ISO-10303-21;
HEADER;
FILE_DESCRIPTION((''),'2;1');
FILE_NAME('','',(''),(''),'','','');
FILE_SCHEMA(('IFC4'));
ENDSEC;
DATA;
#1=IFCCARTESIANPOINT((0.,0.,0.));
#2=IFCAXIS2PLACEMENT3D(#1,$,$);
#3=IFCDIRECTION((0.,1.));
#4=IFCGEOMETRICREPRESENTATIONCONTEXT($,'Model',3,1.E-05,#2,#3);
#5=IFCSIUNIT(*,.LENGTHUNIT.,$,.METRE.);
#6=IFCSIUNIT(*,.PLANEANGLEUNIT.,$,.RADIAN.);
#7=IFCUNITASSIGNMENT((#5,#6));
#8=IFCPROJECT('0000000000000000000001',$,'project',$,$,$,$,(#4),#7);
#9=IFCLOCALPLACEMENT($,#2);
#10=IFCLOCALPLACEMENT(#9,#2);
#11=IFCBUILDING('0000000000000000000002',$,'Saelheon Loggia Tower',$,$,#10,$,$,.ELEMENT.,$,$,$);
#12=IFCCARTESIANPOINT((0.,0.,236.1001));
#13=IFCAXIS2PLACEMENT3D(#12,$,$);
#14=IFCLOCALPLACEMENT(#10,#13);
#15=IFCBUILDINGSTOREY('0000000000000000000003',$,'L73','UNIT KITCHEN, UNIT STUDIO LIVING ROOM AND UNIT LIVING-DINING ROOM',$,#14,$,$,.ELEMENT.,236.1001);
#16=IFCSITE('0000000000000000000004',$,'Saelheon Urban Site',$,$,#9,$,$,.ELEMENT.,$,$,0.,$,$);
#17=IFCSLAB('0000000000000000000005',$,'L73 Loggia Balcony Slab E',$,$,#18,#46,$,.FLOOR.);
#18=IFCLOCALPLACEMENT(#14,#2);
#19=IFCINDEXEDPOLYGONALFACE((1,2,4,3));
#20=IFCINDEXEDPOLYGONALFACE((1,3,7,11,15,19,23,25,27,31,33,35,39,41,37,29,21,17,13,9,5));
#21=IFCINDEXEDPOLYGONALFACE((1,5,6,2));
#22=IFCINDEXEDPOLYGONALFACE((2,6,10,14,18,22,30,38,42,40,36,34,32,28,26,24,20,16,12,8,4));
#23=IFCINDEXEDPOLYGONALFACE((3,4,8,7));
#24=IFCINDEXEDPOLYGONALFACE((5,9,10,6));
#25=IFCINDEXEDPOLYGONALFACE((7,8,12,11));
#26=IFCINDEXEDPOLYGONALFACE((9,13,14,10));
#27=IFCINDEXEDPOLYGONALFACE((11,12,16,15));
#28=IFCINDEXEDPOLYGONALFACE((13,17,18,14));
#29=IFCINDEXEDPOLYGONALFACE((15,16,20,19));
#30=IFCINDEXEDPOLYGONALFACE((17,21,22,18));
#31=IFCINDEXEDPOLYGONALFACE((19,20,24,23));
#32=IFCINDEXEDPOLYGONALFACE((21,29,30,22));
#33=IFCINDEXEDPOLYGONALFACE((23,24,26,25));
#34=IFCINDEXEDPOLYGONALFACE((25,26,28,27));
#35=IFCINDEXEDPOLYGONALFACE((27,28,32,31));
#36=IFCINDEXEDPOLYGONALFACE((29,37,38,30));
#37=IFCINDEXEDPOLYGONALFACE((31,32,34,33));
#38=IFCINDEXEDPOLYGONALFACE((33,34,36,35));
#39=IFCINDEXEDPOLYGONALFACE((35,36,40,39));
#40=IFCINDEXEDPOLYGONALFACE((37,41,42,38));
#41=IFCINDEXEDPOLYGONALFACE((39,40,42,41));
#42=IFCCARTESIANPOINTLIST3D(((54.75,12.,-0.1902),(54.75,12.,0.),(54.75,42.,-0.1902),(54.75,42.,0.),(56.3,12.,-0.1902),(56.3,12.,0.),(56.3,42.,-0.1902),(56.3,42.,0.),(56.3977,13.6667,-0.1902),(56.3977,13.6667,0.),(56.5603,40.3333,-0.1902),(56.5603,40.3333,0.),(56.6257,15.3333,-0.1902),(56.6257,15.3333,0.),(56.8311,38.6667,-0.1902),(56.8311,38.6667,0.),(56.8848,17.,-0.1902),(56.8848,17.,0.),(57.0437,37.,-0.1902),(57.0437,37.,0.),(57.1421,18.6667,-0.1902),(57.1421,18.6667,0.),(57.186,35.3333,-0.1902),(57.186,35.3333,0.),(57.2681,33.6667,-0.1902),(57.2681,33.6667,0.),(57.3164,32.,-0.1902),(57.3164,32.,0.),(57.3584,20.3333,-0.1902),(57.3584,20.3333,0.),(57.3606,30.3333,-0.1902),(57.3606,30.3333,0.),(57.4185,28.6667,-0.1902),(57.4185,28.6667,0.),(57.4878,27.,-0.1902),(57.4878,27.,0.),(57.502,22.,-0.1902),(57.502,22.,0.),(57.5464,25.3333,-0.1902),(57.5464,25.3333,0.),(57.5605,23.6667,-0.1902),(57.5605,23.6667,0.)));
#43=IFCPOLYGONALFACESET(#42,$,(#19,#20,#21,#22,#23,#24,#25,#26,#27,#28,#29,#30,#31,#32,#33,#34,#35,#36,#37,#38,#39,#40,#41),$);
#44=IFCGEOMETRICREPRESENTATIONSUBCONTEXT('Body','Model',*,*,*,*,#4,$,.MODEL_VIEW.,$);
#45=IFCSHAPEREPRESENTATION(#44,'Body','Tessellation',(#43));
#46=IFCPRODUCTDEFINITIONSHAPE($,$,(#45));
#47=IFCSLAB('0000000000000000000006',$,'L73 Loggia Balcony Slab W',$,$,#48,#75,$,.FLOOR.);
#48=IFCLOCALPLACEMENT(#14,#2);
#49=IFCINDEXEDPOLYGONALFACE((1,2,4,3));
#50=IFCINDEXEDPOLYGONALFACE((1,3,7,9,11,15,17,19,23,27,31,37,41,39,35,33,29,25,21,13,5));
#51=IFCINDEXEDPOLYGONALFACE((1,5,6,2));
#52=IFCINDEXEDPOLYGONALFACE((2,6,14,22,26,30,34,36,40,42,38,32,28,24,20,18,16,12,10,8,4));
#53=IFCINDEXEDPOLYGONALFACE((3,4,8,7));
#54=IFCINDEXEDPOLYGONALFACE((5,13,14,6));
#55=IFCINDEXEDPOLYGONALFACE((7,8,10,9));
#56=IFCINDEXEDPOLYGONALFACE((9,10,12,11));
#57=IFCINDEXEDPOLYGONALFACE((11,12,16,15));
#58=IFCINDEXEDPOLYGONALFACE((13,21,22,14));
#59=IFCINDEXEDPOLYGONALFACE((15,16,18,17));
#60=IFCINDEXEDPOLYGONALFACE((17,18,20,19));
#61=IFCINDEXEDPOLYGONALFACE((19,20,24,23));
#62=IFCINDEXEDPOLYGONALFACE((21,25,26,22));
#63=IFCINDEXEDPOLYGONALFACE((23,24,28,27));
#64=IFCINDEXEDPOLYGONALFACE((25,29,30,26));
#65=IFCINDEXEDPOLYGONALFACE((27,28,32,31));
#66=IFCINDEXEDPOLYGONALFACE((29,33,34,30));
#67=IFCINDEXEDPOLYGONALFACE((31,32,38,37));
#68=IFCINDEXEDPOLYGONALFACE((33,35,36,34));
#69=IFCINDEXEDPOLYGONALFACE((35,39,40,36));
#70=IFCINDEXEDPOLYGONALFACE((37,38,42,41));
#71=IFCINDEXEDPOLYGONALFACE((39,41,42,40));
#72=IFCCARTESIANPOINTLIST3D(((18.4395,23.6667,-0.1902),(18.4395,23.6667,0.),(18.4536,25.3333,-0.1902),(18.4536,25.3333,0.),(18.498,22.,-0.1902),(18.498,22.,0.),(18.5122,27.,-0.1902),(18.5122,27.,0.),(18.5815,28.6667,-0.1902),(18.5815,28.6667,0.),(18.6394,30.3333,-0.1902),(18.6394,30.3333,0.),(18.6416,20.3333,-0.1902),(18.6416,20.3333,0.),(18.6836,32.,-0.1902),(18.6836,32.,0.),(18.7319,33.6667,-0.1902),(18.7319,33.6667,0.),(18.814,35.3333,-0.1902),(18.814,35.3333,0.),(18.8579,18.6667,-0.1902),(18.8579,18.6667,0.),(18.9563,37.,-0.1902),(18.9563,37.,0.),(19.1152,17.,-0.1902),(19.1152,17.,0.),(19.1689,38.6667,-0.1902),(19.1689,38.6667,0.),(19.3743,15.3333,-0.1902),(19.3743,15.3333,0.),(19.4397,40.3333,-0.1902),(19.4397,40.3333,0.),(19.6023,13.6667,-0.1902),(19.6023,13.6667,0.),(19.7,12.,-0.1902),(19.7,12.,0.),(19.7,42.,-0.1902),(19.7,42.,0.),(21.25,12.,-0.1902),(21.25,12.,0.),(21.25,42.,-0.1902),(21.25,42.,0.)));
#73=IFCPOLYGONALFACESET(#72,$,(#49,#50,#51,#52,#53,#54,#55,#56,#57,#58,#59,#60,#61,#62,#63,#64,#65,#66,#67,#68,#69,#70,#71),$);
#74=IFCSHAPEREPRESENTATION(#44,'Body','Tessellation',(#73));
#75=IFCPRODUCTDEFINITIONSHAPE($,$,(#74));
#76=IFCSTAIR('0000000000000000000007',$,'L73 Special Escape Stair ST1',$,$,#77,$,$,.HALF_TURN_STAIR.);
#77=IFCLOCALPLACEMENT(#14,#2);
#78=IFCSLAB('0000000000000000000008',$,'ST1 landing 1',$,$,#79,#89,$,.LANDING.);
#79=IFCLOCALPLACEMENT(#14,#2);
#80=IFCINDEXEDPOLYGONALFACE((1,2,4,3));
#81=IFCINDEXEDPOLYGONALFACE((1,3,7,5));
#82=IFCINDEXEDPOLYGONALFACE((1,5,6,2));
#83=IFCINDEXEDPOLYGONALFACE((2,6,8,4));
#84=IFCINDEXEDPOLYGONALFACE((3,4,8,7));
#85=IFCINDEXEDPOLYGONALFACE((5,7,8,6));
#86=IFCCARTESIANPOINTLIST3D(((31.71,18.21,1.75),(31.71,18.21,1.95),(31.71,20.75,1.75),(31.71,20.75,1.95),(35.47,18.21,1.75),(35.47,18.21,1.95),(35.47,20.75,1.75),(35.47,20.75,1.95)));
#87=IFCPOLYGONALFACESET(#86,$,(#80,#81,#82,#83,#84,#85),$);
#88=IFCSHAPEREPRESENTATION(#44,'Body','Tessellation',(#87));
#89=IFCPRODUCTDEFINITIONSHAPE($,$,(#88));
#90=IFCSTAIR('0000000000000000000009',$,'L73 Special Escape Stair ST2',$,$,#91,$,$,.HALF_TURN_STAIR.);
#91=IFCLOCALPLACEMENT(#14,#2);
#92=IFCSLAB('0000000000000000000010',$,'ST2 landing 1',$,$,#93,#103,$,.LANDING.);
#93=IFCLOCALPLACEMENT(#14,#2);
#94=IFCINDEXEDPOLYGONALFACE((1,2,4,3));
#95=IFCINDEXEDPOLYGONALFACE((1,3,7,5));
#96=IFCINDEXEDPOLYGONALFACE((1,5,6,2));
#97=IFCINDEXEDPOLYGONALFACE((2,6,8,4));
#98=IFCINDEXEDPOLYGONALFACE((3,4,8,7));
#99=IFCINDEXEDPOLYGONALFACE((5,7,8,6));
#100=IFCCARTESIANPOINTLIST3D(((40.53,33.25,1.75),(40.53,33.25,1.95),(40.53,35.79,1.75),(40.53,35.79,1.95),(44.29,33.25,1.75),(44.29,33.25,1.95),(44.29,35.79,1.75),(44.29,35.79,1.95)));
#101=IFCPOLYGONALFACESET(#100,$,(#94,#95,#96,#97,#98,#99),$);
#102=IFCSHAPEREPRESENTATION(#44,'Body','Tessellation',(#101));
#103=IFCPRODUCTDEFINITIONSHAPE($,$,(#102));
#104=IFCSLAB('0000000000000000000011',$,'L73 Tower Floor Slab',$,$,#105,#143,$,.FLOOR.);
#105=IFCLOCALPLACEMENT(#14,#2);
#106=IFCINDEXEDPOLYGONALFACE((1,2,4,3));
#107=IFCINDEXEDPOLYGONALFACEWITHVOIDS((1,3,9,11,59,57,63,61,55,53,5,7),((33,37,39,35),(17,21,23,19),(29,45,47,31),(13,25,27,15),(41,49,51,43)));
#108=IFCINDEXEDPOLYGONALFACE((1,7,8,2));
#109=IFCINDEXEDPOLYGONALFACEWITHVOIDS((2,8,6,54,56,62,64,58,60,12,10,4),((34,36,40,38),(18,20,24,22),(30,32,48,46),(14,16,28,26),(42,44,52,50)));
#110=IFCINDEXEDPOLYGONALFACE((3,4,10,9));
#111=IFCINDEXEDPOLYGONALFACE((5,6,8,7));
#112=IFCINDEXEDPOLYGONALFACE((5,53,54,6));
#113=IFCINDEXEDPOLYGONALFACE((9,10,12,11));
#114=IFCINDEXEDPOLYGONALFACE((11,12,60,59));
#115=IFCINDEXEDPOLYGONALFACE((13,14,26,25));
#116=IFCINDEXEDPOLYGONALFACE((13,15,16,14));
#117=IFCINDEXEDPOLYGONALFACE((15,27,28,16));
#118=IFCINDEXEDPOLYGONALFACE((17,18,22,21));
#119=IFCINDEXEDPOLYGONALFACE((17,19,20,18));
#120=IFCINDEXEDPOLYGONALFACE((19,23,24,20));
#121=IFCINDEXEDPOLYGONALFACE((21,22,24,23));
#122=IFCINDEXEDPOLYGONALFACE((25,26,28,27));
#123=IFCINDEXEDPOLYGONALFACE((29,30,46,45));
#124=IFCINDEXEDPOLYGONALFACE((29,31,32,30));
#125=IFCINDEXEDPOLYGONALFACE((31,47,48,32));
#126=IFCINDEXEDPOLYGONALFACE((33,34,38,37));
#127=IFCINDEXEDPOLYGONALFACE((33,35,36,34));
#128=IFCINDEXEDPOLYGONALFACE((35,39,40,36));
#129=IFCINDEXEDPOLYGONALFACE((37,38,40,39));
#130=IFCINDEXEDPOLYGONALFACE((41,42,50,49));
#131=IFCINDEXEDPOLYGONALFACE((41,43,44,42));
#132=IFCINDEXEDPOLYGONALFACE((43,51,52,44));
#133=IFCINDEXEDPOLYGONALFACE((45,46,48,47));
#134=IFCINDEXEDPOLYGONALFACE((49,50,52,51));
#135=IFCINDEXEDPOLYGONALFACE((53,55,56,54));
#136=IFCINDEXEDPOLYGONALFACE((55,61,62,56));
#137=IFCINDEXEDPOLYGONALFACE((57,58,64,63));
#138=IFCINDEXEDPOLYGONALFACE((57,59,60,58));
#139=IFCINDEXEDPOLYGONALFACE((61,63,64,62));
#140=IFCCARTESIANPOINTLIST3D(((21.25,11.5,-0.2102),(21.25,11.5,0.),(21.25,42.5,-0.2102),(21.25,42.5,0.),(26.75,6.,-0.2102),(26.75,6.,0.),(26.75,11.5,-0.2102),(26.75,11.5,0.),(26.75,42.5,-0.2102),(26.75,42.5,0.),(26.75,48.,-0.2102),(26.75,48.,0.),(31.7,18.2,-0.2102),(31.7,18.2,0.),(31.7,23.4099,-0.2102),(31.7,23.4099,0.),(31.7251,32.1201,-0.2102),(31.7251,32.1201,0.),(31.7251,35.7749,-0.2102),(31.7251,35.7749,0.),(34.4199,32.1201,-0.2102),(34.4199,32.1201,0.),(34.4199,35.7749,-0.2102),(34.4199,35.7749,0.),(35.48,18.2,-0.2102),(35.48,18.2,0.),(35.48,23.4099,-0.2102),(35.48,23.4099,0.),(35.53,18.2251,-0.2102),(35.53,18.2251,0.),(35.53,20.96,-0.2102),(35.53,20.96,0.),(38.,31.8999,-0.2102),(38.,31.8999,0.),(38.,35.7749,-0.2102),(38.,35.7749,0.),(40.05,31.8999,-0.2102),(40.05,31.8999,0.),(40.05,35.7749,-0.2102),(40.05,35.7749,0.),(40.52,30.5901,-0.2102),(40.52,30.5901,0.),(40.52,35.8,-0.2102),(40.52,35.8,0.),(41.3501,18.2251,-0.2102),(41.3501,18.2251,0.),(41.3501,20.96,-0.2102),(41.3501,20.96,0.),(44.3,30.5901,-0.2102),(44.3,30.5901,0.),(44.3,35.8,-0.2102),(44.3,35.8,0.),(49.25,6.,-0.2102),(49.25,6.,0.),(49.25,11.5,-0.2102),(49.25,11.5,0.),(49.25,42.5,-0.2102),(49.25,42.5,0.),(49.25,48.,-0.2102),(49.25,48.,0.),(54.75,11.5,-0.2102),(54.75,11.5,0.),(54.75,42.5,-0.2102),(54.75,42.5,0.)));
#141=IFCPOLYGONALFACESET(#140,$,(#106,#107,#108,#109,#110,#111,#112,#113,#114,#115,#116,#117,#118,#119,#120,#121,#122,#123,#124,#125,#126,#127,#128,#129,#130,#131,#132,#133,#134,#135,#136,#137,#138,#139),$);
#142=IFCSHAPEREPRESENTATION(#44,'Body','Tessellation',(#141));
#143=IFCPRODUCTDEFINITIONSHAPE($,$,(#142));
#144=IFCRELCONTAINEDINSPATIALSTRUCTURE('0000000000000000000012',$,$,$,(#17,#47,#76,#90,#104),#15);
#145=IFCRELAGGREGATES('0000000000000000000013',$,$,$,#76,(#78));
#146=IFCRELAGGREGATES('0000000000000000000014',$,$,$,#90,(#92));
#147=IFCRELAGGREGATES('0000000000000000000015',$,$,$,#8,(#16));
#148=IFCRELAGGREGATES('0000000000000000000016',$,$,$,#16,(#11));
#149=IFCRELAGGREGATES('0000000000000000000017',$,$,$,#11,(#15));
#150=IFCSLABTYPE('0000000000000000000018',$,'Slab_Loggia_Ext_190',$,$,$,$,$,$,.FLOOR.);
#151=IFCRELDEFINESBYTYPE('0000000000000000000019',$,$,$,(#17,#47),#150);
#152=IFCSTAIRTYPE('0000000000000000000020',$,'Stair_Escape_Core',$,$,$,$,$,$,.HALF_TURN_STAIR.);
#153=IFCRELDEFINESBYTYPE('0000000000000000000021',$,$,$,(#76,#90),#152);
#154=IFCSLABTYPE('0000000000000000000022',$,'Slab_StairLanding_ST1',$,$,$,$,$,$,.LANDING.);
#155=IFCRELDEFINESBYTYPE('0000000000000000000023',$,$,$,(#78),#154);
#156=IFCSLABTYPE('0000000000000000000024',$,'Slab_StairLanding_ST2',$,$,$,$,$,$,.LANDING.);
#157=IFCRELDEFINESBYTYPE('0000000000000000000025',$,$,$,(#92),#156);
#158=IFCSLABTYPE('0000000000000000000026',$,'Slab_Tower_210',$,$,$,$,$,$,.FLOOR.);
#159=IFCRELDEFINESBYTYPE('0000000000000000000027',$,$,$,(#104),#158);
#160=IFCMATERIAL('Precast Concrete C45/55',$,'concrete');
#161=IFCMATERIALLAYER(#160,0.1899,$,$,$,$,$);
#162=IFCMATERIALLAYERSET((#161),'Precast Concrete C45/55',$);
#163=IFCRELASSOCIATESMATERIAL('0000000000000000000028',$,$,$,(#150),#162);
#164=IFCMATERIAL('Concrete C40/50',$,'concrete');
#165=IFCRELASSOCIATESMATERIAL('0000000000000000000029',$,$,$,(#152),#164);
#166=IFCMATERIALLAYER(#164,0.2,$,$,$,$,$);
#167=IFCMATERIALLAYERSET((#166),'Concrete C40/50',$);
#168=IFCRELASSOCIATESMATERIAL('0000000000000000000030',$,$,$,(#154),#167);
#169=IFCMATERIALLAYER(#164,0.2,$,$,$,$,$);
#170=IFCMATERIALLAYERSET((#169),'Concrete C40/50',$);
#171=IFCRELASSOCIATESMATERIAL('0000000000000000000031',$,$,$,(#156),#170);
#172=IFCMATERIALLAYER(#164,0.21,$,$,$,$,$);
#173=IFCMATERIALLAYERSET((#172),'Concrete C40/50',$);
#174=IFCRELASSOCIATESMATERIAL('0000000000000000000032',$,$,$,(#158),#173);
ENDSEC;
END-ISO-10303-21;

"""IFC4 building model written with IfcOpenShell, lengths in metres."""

from ifc_helpers import new_model, si_unit, direction, frame, origin, place, context, subcontext, project, spatial, polyline, outline, extrude, material, layer, layer_set, type_object, element, aggregate, save


model = new_model("IFC4")

# Units and contexts
model_context = context("Model", 3, precision=1e-05, world=origin(), true_north=direction((0.0, 1.0)))
body_context = subcontext(model_context, "Body", "Model", "MODEL_VIEW")
ifc_project = project(units=[si_unit("LENGTHUNIT", "METRE"), si_unit("PLANEANGLEUNIT", "RADIAN")], contexts=[model_context])

# Site, building, storey
site_placement = place(None, origin())
site = spatial("IfcSite", under=ifc_project, at=site_placement, Name="Saelheon Urban Site", CompositionType="ELEMENT", RefElevation=0.0)
building_placement = place(site_placement, origin())
building = spatial("IfcBuilding", under=site, at=building_placement, Name="Saelheon Loggia Tower", CompositionType="ELEMENT")
storey_placement = place(building_placement, frame((0.0, 0.0, 236.1001)))
storey = spatial("IfcBuildingStorey", under=building, at=storey_placement, Name="L73", Description="UNIT KITCHEN, UNIT STUDIO LIVING ROOM AND UNIT LIVING-DINING ROOM", CompositionType="ELEMENT", Elevation=236.1001)

# Shared definitions
ifc_material_1 = material(Name="Precast Concrete C45/55", Category="concrete")

# Slabs
ifc_layer_1 = layer(ifc_material_1, 0.1899)
ifc_layer_set_1 = layer_set([ifc_layer_1], Name="Precast Concrete C45/55")
slab_type_1 = type_object("IfcSlabType", Name="Slab_Loggia_Ext_190", PredefinedType="FLOOR", material=ifc_layer_set_1)
slab_1_placement = place(storey_placement, frame((0.0, 0.0, -0.1902)))
element("IfcSlab", 1, at=slab_1_placement, inside=storey, type_object=slab_type_1, Name="L73 Loggia Balcony Slab E", PredefinedType="FLOOR", context=body_context, shape_type="SweptSolid", body=[
    extrude(outline(polyline([(54.75, 12.0), (56.3, 12.0), (56.3977, 13.6667), (56.6257, 15.3333), (56.8848, 17.0), (57.1421, 18.6667), (57.3584, 20.3333), (57.502, 22.0), (57.5605, 23.6667), (57.5464, 25.3333), (57.4878, 27.0), (57.4185, 28.6667), (57.3606, 30.3333), (57.3164, 32.0), (57.2681, 33.6667), (57.186, 35.3333), (57.0437, 37.0), (56.8311, 38.6667), (56.5603, 40.3333), (56.3, 42.0), (54.75, 42.0), (54.75, 12.0)])), origin(), (0.0, 0.0, 1.0), 0.1902),
])
slab_2_placement = place(storey_placement, frame((0.0, 0.0, -0.1902)))
element("IfcSlab", 2, at=slab_2_placement, inside=storey, type_object=slab_type_1, Name="L73 Loggia Balcony Slab W", PredefinedType="FLOOR", context=body_context, shape_type="SweptSolid", body=[
    extrude(outline(polyline([(21.25, 12.0), (21.25, 42.0), (19.7, 42.0), (19.4397, 40.3333), (19.1689, 38.6667), (18.9563, 37.0), (18.814, 35.3333), (18.7319, 33.6667), (18.6836, 32.0), (18.6394, 30.3333), (18.5815, 28.6667), (18.5122, 27.0), (18.4536, 25.3333), (18.4395, 23.6667), (18.498, 22.0), (18.6416, 20.3333), (18.8579, 18.6667), (19.1152, 17.0), (19.3743, 15.3333), (19.6023, 13.6667), (19.7, 12.0), (21.25, 12.0)])), origin(), (0.0, 0.0, 1.0), 0.1902),
])

# Stairs, slabs
ifc_material_2 = material(Name="Concrete C40/50", Category="concrete")
stair_type = type_object("IfcStairType", Name="Stair_Escape_Core", PredefinedType="HALF_TURN_STAIR", material=ifc_material_2)
stair_1_placement = place(storey_placement, origin())
stair_1 = element("IfcStair", 3, at=stair_1_placement, inside=storey, type_object=stair_type, Name="L73 Special Escape Stair ST1", PredefinedType="HALF_TURN_STAIR")
ifc_layer_2 = layer(ifc_material_2, 0.2)
ifc_layer_set_2 = layer_set([ifc_layer_2], Name="Concrete C40/50")
slab_type_2 = type_object("IfcSlabType", Name="Slab_StairLanding_ST1", PredefinedType="LANDING", material=ifc_layer_set_2)
slab_3_placement = place(storey_placement, frame((0.0, 0.0, 1.75)))
slab_3 = element("IfcSlab", 4, at=slab_3_placement, type_object=slab_type_2, Name="ST1 landing 1", PredefinedType="LANDING", context=body_context, shape_type="SweptSolid", body=[
    extrude(outline(polyline([(31.71, 20.75), (31.71, 18.21), (35.47, 18.21), (35.47, 20.75), (31.71, 20.75)])), origin(), (0.0, 0.0, 1.0), 0.2),
])
aggregate(stair_1, [slab_3])
stair_2_placement = place(storey_placement, origin())
stair_2 = element("IfcStair", 5, at=stair_2_placement, inside=storey, type_object=stair_type, Name="L73 Special Escape Stair ST2", PredefinedType="HALF_TURN_STAIR")
ifc_layer_3 = layer(ifc_material_2, 0.2)
ifc_layer_set_3 = layer_set([ifc_layer_3], Name="Concrete C40/50")
slab_type_3 = type_object("IfcSlabType", Name="Slab_StairLanding_ST2", PredefinedType="LANDING", material=ifc_layer_set_3)
slab_4_placement = place(storey_placement, frame((0.0, 0.0, 1.75)))
slab_4 = element("IfcSlab", 6, at=slab_4_placement, type_object=slab_type_3, Name="ST2 landing 1", PredefinedType="LANDING", context=body_context, shape_type="SweptSolid", body=[
    extrude(outline(polyline([(44.29, 33.25), (44.29, 35.79), (40.53, 35.79), (40.53, 33.25), (44.29, 33.25)])), origin(), (0.0, 0.0, 1.0), 0.2),
])
aggregate(stair_2, [slab_4])

# Slab
ifc_layer_4 = layer(ifc_material_2, 0.21)
ifc_layer_set_4 = layer_set([ifc_layer_4], Name="Concrete C40/50")
slab_type_4 = type_object("IfcSlabType", Name="Slab_Tower_210", PredefinedType="FLOOR", material=ifc_layer_set_4)
slab_5_placement = place(storey_placement, frame((0.0, 0.0, -0.2102)))
element("IfcSlab", 7, at=slab_5_placement, inside=storey, type_object=slab_type_4, Name="L73 Tower Floor Slab", PredefinedType="FLOOR", context=body_context, shape_type="SweptSolid", body=[
    extrude(outline(polyline([(26.75, 6.0), (49.25, 6.0), (49.25, 11.5), (54.75, 11.5), (54.75, 42.5), (49.25, 42.5), (49.25, 48.0), (26.75, 48.0), (26.75, 42.5), (21.25, 42.5), (21.25, 11.5), (26.75, 11.5), (26.75, 6.0)]), holes=[polyline([(31.7, 23.4099), (31.7, 18.2), (35.48, 18.2), (35.48, 23.4099), (31.7, 23.4099)]), polyline([(44.3, 30.5901), (44.3, 35.8), (40.52, 35.8), (40.52, 30.5901), (44.3, 30.5901)]), polyline([(35.53, 18.2251), (41.3501, 18.2251), (41.3501, 20.96), (35.53, 20.96), (35.53, 18.2251)]), polyline([(31.7251, 32.1201), (34.4199, 32.1201), (34.4199, 35.7749), (31.7251, 35.7749), (31.7251, 32.1201)]), polyline([(38.0, 31.8999), (40.05, 31.8999), (40.05, 35.7749), (38.0, 35.7749), (38.0, 31.8999)])]), origin(), (0.0, 0.0, 1.0), 0.2102),
])

save(model, "model.ifc")
